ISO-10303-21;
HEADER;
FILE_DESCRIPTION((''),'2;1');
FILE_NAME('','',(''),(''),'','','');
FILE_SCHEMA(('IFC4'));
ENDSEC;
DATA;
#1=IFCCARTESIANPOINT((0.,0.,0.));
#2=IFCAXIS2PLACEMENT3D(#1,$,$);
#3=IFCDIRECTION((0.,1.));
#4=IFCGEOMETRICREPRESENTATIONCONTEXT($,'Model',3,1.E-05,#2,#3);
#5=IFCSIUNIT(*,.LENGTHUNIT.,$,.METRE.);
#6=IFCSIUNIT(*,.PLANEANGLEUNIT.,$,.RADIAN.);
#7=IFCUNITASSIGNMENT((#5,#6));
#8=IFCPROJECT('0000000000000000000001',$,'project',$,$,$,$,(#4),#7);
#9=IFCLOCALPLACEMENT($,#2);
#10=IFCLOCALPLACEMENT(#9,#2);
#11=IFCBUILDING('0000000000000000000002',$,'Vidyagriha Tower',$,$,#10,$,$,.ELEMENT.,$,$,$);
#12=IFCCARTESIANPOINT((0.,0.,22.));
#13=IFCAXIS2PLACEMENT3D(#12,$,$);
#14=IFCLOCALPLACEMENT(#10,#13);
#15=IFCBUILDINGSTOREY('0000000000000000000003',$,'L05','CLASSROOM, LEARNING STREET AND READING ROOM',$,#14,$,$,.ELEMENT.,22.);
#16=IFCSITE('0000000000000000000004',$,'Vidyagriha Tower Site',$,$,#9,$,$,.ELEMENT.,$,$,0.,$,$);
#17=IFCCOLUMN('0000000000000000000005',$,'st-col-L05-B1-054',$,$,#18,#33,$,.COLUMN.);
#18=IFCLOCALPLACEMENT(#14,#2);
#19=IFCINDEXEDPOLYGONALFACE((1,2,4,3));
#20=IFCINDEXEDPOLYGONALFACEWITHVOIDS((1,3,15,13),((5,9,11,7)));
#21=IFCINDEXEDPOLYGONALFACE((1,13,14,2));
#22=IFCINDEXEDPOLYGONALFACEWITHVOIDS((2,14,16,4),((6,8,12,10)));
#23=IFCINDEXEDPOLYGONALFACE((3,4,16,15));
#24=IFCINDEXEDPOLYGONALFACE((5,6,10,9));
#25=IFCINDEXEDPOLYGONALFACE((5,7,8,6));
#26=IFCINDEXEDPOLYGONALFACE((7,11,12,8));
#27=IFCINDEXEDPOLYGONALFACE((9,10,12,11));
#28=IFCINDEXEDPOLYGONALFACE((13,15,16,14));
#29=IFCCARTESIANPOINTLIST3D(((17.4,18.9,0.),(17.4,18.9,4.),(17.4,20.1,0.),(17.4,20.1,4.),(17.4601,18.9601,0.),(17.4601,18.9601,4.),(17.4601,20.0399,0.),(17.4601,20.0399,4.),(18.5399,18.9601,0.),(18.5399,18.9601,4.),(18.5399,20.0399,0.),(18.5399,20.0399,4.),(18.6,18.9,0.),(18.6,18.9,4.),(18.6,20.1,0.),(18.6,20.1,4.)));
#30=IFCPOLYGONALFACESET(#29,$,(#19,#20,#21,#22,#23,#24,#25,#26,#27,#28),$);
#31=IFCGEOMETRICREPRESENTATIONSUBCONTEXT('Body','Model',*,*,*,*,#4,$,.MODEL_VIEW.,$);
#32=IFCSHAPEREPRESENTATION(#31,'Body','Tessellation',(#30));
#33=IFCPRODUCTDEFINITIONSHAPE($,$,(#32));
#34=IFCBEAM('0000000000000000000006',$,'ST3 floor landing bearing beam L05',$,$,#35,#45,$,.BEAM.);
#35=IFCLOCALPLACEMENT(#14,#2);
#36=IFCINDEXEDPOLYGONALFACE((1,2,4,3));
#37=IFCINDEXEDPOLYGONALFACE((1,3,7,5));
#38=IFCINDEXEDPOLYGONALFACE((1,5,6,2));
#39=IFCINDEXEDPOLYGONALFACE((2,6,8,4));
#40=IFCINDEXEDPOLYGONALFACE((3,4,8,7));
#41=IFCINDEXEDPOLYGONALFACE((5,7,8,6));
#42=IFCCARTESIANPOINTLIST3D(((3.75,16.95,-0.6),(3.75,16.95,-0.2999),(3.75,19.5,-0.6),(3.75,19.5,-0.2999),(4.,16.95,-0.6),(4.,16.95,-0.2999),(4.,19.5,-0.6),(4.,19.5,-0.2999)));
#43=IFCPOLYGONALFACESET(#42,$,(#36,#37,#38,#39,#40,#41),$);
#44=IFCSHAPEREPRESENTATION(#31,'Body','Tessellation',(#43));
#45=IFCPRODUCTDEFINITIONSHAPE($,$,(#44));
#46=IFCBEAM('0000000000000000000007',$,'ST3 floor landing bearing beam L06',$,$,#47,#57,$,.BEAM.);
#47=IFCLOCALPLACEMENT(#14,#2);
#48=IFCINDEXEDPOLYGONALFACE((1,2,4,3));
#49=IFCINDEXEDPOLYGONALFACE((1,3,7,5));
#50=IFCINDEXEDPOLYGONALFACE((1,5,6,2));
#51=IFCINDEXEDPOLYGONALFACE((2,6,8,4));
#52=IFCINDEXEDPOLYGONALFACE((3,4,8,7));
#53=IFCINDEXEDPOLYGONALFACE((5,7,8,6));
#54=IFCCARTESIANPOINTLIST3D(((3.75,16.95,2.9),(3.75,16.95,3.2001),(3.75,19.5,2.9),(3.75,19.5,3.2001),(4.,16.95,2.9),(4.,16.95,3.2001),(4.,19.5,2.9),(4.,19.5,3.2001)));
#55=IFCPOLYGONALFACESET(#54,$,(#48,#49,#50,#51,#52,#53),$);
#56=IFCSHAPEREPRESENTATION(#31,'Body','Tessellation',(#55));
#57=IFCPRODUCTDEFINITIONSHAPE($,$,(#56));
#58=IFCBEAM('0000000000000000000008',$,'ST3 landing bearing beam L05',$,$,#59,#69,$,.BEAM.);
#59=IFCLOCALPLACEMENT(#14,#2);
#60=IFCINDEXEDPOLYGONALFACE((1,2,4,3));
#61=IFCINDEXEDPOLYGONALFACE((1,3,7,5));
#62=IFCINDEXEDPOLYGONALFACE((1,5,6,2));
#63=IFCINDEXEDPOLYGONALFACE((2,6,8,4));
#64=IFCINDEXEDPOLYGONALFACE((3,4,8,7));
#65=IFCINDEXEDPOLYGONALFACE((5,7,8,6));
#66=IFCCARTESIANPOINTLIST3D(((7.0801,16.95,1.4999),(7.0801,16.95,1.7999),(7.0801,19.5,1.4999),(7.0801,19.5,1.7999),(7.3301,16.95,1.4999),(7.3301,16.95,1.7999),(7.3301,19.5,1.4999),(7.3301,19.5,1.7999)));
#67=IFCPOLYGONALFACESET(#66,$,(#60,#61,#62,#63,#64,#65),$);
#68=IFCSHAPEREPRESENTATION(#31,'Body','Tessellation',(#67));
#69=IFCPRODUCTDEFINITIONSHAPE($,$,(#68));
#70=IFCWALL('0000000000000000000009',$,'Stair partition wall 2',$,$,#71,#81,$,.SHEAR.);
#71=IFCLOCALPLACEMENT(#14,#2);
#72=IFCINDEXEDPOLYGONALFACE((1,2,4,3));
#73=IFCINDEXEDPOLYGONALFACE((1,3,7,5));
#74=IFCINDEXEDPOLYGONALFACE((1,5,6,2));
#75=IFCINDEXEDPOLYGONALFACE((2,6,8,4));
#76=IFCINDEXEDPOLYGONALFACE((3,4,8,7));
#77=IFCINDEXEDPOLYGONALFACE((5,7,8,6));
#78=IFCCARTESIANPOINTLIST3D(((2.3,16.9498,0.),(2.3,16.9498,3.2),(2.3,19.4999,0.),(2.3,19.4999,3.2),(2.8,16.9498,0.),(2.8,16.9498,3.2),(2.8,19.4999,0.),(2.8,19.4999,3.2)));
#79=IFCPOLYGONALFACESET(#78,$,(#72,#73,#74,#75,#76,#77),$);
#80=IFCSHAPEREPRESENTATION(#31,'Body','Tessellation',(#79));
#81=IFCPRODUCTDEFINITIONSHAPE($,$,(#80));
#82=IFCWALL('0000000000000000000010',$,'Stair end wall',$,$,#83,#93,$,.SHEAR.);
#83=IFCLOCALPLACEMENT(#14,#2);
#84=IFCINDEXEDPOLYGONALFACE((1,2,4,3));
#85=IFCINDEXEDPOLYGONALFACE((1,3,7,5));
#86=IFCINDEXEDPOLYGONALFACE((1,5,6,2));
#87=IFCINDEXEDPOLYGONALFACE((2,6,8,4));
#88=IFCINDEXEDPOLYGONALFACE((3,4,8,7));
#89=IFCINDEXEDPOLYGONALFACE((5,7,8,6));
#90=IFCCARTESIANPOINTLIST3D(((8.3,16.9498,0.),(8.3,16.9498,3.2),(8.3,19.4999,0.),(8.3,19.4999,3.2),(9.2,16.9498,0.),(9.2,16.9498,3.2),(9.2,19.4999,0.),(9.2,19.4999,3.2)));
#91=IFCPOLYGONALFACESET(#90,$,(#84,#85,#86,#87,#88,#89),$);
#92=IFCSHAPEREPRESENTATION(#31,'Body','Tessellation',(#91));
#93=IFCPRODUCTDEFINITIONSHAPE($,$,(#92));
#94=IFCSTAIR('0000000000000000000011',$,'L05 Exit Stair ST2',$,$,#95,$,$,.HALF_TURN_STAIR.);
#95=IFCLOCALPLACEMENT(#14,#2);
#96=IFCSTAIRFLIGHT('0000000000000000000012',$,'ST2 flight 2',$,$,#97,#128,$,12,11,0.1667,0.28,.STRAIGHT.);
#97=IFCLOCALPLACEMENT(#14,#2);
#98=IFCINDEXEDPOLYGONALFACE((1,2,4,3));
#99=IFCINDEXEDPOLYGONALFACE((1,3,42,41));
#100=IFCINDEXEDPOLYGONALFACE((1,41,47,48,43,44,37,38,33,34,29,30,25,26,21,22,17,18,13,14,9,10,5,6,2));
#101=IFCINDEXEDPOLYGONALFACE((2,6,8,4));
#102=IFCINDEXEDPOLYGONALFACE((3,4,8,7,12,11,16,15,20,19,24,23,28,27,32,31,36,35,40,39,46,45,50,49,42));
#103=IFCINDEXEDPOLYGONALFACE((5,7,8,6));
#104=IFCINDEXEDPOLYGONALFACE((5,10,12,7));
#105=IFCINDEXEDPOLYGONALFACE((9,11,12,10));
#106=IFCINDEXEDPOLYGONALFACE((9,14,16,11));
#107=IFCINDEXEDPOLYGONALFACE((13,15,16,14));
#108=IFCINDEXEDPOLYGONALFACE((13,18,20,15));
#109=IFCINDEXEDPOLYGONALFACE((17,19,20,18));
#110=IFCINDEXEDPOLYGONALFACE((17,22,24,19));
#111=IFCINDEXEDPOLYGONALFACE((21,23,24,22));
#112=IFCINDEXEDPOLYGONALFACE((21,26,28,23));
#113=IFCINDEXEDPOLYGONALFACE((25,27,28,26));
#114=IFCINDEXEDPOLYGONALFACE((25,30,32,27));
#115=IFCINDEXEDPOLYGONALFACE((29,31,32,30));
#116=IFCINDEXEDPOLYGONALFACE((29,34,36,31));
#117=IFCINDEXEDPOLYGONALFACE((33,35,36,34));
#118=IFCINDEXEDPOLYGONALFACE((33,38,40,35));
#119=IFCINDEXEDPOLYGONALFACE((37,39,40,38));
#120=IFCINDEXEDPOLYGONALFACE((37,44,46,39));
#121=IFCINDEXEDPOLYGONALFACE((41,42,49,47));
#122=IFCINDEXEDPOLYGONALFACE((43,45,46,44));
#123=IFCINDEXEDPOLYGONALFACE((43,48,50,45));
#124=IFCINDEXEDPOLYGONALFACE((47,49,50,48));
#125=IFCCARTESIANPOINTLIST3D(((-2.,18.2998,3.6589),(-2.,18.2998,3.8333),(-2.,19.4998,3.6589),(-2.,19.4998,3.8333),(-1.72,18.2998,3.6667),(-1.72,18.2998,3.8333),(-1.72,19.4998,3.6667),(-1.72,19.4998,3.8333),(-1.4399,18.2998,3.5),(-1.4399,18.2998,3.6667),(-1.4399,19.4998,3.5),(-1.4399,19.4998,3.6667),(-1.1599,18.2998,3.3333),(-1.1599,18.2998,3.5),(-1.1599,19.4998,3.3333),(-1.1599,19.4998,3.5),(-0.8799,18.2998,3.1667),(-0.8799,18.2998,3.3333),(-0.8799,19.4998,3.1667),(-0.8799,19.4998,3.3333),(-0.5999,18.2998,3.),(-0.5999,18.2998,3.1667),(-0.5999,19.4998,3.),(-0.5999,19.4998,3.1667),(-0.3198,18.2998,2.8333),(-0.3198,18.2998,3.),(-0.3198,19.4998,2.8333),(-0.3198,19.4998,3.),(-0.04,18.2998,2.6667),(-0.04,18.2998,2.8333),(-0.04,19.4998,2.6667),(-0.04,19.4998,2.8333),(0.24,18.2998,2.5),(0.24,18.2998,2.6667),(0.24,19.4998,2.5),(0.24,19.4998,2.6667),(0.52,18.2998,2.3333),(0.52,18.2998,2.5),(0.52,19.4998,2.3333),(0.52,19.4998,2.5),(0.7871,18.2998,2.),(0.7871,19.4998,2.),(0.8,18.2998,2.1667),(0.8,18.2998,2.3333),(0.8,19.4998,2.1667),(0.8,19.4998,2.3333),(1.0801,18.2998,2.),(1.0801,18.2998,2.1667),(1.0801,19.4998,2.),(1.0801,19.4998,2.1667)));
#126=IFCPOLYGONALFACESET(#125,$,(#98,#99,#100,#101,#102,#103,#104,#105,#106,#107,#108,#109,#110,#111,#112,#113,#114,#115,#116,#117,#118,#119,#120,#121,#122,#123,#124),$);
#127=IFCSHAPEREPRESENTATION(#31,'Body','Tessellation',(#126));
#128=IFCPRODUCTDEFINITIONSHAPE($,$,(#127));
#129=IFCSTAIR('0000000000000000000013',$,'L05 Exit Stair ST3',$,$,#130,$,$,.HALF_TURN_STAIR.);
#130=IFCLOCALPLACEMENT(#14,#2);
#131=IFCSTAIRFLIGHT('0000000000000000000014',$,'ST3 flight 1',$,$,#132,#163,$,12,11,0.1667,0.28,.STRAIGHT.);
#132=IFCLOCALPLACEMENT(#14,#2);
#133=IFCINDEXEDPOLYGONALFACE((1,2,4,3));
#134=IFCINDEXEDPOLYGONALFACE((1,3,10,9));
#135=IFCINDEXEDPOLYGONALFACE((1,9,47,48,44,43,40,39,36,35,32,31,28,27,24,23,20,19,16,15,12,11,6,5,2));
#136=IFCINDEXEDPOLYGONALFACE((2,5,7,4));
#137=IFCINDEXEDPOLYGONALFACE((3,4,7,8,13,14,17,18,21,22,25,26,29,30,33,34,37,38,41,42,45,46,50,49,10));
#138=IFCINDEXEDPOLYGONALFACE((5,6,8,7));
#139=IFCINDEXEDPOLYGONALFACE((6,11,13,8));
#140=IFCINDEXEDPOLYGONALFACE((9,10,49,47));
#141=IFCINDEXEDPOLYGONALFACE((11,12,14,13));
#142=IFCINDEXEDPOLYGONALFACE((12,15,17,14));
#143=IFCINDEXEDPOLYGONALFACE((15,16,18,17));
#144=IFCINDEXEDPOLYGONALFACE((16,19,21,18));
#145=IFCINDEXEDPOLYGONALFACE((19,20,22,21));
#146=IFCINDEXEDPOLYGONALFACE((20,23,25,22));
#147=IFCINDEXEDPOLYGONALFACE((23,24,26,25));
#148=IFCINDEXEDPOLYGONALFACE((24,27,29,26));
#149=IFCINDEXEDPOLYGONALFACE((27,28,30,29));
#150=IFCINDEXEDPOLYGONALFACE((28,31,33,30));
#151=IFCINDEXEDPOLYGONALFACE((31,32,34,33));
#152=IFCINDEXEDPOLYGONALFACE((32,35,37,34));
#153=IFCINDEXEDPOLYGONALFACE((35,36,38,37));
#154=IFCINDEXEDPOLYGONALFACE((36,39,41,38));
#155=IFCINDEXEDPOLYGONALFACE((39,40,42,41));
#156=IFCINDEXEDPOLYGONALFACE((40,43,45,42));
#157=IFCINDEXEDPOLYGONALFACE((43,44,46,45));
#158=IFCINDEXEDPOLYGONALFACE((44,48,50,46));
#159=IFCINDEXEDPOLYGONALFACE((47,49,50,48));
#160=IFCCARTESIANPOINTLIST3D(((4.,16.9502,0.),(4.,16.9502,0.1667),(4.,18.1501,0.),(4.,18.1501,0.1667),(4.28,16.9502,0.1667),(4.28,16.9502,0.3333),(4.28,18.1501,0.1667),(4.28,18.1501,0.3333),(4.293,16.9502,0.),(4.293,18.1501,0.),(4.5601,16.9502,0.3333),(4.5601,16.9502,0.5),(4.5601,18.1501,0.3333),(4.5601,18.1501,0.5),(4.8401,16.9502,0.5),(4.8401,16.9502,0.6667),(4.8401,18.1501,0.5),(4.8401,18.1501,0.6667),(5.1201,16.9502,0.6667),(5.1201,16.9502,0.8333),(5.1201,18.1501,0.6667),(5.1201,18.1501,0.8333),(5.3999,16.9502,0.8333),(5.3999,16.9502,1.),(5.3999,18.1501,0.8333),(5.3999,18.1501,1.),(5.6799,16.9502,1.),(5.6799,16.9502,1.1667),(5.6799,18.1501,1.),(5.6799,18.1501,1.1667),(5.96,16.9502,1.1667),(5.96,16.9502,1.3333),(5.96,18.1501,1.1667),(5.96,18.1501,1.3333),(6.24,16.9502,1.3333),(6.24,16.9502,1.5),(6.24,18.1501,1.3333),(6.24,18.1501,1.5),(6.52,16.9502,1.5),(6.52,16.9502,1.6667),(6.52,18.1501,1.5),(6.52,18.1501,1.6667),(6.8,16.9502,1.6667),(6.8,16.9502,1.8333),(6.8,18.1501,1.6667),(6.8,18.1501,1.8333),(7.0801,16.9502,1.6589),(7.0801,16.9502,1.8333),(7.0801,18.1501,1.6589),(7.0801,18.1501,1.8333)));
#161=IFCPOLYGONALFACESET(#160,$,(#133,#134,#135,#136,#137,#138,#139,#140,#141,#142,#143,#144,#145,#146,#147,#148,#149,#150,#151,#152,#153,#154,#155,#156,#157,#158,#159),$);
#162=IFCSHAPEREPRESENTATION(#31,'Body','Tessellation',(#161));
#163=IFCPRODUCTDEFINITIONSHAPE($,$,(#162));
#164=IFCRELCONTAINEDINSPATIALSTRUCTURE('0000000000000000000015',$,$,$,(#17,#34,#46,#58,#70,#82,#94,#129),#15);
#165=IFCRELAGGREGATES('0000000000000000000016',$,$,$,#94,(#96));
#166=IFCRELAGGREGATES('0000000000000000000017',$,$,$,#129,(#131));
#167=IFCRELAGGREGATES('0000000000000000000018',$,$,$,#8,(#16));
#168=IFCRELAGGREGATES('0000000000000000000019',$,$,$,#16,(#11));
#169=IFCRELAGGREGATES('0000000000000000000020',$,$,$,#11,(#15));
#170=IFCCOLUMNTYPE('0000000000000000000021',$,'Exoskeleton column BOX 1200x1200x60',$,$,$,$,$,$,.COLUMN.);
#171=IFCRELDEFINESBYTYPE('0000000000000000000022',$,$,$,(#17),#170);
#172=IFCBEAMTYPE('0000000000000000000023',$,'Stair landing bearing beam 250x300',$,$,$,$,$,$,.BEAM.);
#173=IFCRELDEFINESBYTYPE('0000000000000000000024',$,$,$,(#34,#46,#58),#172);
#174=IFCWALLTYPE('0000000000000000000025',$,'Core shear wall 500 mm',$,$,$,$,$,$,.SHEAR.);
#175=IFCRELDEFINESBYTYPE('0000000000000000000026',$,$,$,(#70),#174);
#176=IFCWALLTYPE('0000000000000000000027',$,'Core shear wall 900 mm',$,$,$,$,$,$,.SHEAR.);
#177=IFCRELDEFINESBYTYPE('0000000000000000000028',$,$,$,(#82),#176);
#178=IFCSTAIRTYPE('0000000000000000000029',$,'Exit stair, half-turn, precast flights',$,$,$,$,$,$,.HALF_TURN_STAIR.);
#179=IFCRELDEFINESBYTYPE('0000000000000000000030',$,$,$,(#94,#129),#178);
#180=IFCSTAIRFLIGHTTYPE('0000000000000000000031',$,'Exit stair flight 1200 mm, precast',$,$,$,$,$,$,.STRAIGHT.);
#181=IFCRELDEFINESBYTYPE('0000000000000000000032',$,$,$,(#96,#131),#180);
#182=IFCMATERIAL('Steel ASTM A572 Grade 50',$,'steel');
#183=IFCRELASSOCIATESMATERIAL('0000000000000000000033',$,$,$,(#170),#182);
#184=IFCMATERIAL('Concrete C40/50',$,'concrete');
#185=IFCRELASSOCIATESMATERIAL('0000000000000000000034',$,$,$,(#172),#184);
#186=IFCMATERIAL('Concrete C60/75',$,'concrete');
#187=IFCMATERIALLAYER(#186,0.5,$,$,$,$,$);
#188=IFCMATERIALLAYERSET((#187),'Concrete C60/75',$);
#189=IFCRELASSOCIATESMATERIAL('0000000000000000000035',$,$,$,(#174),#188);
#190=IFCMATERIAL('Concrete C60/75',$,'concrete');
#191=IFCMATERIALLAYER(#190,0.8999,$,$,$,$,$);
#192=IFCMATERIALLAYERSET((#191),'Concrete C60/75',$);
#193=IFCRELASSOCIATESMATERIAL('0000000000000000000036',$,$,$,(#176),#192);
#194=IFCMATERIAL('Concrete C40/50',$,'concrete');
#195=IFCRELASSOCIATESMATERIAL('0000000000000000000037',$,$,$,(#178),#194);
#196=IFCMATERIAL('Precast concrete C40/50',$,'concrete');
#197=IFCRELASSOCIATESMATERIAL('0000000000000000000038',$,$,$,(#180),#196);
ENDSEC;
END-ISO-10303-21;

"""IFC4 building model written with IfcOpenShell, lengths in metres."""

from ifc_helpers import new_model, si_unit, direction, frame, frame_2d, origin, origin_2d, place, context, subcontext, project, spatial, polyline, rectangle, hollow_rectangle, outline, extrude, material, layer, layer_set, material_profile, profile_set, type_object, element, aggregate, save


model = new_model("IFC4")

# Units and contexts
model_context = context("Model", 3, precision=1e-05, world=origin(), true_north=direction((0.0, 1.0)))
body_context = subcontext(model_context, "Body", "Model", "MODEL_VIEW")
ifc_project = project(units=[si_unit("LENGTHUNIT", "METRE"), si_unit("PLANEANGLEUNIT", "RADIAN")], contexts=[model_context])

# Site, building, storey
site_placement = place(None, origin())
site = spatial("IfcSite", under=ifc_project, at=site_placement, Name="Vidyagriha Tower Site", CompositionType="ELEMENT", RefElevation=0.0)
building_placement = place(site_placement, origin())
building = spatial("IfcBuilding", under=site, at=building_placement, Name="Vidyagriha Tower", CompositionType="ELEMENT")
storey_placement = place(building_placement, frame((0.0, 0.0, 22.0)))
storey = spatial("IfcBuildingStorey", under=building, at=storey_placement, Name="L05", Description="CLASSROOM, LEARNING STREET AND READING ROOM", CompositionType="ELEMENT", Elevation=22.0)

# Column
ifc_material_1 = material(Name="Steel ASTM A572 Grade 50", Category="steel")
ifc_material_profile_1 = material_profile(ifc_material_1, hollow_rectangle(XDim=1.2, YDim=1.2, WallThickness=0.0601, at=origin_2d()), Name="BOX 1200x1200x60")
ifc_profile_set_1 = profile_set([ifc_material_profile_1], Name="Steel ASTM A572 Grade 50")
column_type = type_object("IfcColumnType", Name="Exoskeleton column BOX 1200x1200x60", PredefinedType="COLUMN", material=ifc_profile_set_1)
column_placement = place(storey_placement, frame((18.0, 19.5, 0.0)))
element("IfcColumn", 1, at=column_placement, inside=storey, type_object=column_type, Name="st-col-L05-B1-054", PredefinedType="COLUMN", context=body_context, shape_type="SweptSolid", body=[
    extrude(hollow_rectangle(XDim=1.2, YDim=1.2, WallThickness=0.0601, at=origin_2d()), origin(), (0.0, 0.0, 1.0), 4.0),
])

# Beams
ifc_material_2 = material(Name="Concrete C40/50", Category="concrete")
ifc_material_profile_2 = material_profile(ifc_material_2, rectangle(XDim=0.25, YDim=0.3, at=origin_2d()), Name="Stair landing bearing beam 250x300")
ifc_profile_set_2 = profile_set([ifc_material_profile_2], Name="Concrete C40/50")
beam_type = type_object("IfcBeamType", Name="Stair landing bearing beam 250x300", PredefinedType="BEAM", material=ifc_profile_set_2)
for number, where, z_axis, x_axis, name in (
    (2, (3.875, 16.95, -0.45), (0.0, 1.0, 0.0), (-1.0, 0.0, 0.0), "ST3 floor landing bearing beam L05"),
    (3, (3.875, 16.95, 3.05), (0.0, 1.0, 0.0), (-1.0, 0.0, 0.0), "ST3 floor landing bearing beam L06"),
    (4, (7.2051, 16.95, 1.6499), (0.0, 1.0, 0.0), (-1.0, 0.0, 0.0), "ST3 landing bearing beam L05"),
):
    element("IfcBeam", number, at=place(storey_placement, frame(where, z_axis=z_axis, x_axis=x_axis)), inside=storey, type_object=beam_type, Name=name, PredefinedType="BEAM", context=body_context, shape_type="SweptSolid", body=[
        extrude(rectangle(XDim=0.25, YDim=0.3, at=origin_2d()), origin(), (0.0, 0.0, 1.0), 2.55),
    ])

# Walls
ifc_material_3 = material(Name="Concrete C60/75", Category="concrete")
ifc_layer_1 = layer(ifc_material_3, 0.5)
ifc_layer_set_1 = layer_set([ifc_layer_1], Name="Concrete C60/75")
wall_type_1 = type_object("IfcWallType", Name="Core shear wall 500 mm", PredefinedType="SHEAR", material=ifc_layer_set_1)
wall_1_placement = place(storey_placement, frame((2.55, 16.95, 0.0), z_axis=(0.0, 0.0, 1.0), x_axis=(0.0, 1.0, 0.0)))
element("IfcWall", 5, at=wall_1_placement, inside=storey, type_object=wall_type_1, Name="Stair partition wall 2", PredefinedType="SHEAR", context=body_context, shape_type="SweptSolid", body=[
    extrude(rectangle(XDim=2.55, YDim=0.5, at=frame_2d((1.2749, 0.0))), origin(), (0.0, 0.0, 1.0), 3.2),
])
ifc_material_4 = material(Name="Concrete C60/75", Category="concrete")
ifc_layer_2 = layer(ifc_material_4, 0.8999)
ifc_layer_set_2 = layer_set([ifc_layer_2], Name="Concrete C60/75")
wall_type_2 = type_object("IfcWallType", Name="Core shear wall 900 mm", PredefinedType="SHEAR", material=ifc_layer_set_2)
wall_2_placement = place(storey_placement, frame((8.75, 16.95, 0.0), z_axis=(0.0, 0.0, 1.0), x_axis=(0.0, 1.0, 0.0)))
element("IfcWall", 6, at=wall_2_placement, inside=storey, type_object=wall_type_2, Name="Stair end wall", PredefinedType="SHEAR", context=body_context, shape_type="SweptSolid", body=[
    extrude(rectangle(XDim=2.55, YDim=0.8999, at=frame_2d((1.2749, 0.0))), origin(), (0.0, 0.0, 1.0), 3.2),
])

# Stair, stair flight
ifc_material_5 = material(Name="Concrete C40/50", Category="concrete")
stair_type = type_object("IfcStairType", Name="Exit stair, half-turn, precast flights", PredefinedType="HALF_TURN_STAIR", material=ifc_material_5)
stair_1_placement = place(storey_placement, origin())
stair_1 = element("IfcStair", 7, at=stair_1_placement, inside=storey, type_object=stair_type, Name="L05 Exit Stair ST2", PredefinedType="HALF_TURN_STAIR")
ifc_material_6 = material(Name="Precast concrete C40/50", Category="concrete")
stair_flight_type = type_object("IfcStairFlightType", Name="Exit stair flight 1200 mm, precast", PredefinedType="STRAIGHT", material=ifc_material_6)
stair_flight_1_placement = place(storey_placement, frame((1.0801, 18.8999, 2.0), z_axis=(0.0, 0.0, 1.0), x_axis=(-1.0, 0.0, 0.0)))
stair_flight_1 = element("IfcStairFlight", 8, at=stair_flight_1_placement, type_object=stair_flight_type, Name="ST2 flight 2", NumberOfRisers=12, NumberOfTreads=11, PredefinedType="STRAIGHT", RiserHeight=0.1667, TreadLength=0.28, context=body_context, shape_type="SweptSolid", body=[
    extrude(outline(polyline([(0.0, 0.0), (0.0, 0.1667), (0.28, 0.1667), (0.28, 0.3333), (0.5601, 0.3333), (0.5601, 0.5), (0.8401, 0.5), (0.8401, 0.6667), (1.1201, 0.6667), (1.1201, 0.8333), (1.3999, 0.8333), (1.3999, 1.0), (1.6799, 1.0), (1.6799, 1.1667), (1.96, 1.1667), (1.96, 1.3333), (2.24, 1.3333), (2.24, 1.5), (2.52, 1.5), (2.52, 1.6667), (2.8, 1.6667), (2.8, 1.8333), (3.0801, 1.8333), (3.0801, 2.0), (3.0801, 1.6589), (0.293, 0.0), (0.0, 0.0)])), frame((0.0, 0.6001, 0.0), z_axis=(0.0, -1.0, 0.0), x_axis=(1.0, 0.0, 0.0)), (0.0, 0.0, 1.0), 1.2),
])
aggregate(stair_1, [stair_flight_1])

# Stair, stair flight
stair_2_placement = place(storey_placement, origin())
stair_2 = element("IfcStair", 9, at=stair_2_placement, inside=storey, type_object=stair_type, Name="L05 Exit Stair ST3", PredefinedType="HALF_TURN_STAIR")
stair_flight_2_placement = place(storey_placement, frame((4.0, 17.55, 0.0)))
stair_flight_2 = element("IfcStairFlight", 10, at=stair_flight_2_placement, type_object=stair_flight_type, Name="ST3 flight 1", NumberOfRisers=12, NumberOfTreads=11, PredefinedType="STRAIGHT", RiserHeight=0.1667, TreadLength=0.28, context=body_context, shape_type="SweptSolid", body=[
    extrude(outline(polyline([(0.0, 0.0), (0.0, 0.1667), (0.28, 0.1667), (0.28, 0.3333), (0.5601, 0.3333), (0.5601, 0.5), (0.8401, 0.5), (0.8401, 0.6667), (1.1201, 0.6667), (1.1201, 0.8333), (1.3999, 0.8333), (1.3999, 1.0), (1.6799, 1.0), (1.6799, 1.1667), (1.96, 1.1667), (1.96, 1.3333), (2.24, 1.3333), (2.24, 1.5), (2.52, 1.5), (2.52, 1.6667), (2.8, 1.6667), (2.8, 1.8333), (3.0801, 1.8333), (3.0801, 2.0), (3.0801, 1.6589), (0.293, 0.0), (0.0, 0.0)])), frame((0.0, 0.6001, 0.0), z_axis=(0.0, -1.0, 0.0), x_axis=(1.0, 0.0, 0.0)), (0.0, 0.0, 1.0), 1.2),
])
aggregate(stair_2, [stair_flight_2])

save(model, "model.ifc")
